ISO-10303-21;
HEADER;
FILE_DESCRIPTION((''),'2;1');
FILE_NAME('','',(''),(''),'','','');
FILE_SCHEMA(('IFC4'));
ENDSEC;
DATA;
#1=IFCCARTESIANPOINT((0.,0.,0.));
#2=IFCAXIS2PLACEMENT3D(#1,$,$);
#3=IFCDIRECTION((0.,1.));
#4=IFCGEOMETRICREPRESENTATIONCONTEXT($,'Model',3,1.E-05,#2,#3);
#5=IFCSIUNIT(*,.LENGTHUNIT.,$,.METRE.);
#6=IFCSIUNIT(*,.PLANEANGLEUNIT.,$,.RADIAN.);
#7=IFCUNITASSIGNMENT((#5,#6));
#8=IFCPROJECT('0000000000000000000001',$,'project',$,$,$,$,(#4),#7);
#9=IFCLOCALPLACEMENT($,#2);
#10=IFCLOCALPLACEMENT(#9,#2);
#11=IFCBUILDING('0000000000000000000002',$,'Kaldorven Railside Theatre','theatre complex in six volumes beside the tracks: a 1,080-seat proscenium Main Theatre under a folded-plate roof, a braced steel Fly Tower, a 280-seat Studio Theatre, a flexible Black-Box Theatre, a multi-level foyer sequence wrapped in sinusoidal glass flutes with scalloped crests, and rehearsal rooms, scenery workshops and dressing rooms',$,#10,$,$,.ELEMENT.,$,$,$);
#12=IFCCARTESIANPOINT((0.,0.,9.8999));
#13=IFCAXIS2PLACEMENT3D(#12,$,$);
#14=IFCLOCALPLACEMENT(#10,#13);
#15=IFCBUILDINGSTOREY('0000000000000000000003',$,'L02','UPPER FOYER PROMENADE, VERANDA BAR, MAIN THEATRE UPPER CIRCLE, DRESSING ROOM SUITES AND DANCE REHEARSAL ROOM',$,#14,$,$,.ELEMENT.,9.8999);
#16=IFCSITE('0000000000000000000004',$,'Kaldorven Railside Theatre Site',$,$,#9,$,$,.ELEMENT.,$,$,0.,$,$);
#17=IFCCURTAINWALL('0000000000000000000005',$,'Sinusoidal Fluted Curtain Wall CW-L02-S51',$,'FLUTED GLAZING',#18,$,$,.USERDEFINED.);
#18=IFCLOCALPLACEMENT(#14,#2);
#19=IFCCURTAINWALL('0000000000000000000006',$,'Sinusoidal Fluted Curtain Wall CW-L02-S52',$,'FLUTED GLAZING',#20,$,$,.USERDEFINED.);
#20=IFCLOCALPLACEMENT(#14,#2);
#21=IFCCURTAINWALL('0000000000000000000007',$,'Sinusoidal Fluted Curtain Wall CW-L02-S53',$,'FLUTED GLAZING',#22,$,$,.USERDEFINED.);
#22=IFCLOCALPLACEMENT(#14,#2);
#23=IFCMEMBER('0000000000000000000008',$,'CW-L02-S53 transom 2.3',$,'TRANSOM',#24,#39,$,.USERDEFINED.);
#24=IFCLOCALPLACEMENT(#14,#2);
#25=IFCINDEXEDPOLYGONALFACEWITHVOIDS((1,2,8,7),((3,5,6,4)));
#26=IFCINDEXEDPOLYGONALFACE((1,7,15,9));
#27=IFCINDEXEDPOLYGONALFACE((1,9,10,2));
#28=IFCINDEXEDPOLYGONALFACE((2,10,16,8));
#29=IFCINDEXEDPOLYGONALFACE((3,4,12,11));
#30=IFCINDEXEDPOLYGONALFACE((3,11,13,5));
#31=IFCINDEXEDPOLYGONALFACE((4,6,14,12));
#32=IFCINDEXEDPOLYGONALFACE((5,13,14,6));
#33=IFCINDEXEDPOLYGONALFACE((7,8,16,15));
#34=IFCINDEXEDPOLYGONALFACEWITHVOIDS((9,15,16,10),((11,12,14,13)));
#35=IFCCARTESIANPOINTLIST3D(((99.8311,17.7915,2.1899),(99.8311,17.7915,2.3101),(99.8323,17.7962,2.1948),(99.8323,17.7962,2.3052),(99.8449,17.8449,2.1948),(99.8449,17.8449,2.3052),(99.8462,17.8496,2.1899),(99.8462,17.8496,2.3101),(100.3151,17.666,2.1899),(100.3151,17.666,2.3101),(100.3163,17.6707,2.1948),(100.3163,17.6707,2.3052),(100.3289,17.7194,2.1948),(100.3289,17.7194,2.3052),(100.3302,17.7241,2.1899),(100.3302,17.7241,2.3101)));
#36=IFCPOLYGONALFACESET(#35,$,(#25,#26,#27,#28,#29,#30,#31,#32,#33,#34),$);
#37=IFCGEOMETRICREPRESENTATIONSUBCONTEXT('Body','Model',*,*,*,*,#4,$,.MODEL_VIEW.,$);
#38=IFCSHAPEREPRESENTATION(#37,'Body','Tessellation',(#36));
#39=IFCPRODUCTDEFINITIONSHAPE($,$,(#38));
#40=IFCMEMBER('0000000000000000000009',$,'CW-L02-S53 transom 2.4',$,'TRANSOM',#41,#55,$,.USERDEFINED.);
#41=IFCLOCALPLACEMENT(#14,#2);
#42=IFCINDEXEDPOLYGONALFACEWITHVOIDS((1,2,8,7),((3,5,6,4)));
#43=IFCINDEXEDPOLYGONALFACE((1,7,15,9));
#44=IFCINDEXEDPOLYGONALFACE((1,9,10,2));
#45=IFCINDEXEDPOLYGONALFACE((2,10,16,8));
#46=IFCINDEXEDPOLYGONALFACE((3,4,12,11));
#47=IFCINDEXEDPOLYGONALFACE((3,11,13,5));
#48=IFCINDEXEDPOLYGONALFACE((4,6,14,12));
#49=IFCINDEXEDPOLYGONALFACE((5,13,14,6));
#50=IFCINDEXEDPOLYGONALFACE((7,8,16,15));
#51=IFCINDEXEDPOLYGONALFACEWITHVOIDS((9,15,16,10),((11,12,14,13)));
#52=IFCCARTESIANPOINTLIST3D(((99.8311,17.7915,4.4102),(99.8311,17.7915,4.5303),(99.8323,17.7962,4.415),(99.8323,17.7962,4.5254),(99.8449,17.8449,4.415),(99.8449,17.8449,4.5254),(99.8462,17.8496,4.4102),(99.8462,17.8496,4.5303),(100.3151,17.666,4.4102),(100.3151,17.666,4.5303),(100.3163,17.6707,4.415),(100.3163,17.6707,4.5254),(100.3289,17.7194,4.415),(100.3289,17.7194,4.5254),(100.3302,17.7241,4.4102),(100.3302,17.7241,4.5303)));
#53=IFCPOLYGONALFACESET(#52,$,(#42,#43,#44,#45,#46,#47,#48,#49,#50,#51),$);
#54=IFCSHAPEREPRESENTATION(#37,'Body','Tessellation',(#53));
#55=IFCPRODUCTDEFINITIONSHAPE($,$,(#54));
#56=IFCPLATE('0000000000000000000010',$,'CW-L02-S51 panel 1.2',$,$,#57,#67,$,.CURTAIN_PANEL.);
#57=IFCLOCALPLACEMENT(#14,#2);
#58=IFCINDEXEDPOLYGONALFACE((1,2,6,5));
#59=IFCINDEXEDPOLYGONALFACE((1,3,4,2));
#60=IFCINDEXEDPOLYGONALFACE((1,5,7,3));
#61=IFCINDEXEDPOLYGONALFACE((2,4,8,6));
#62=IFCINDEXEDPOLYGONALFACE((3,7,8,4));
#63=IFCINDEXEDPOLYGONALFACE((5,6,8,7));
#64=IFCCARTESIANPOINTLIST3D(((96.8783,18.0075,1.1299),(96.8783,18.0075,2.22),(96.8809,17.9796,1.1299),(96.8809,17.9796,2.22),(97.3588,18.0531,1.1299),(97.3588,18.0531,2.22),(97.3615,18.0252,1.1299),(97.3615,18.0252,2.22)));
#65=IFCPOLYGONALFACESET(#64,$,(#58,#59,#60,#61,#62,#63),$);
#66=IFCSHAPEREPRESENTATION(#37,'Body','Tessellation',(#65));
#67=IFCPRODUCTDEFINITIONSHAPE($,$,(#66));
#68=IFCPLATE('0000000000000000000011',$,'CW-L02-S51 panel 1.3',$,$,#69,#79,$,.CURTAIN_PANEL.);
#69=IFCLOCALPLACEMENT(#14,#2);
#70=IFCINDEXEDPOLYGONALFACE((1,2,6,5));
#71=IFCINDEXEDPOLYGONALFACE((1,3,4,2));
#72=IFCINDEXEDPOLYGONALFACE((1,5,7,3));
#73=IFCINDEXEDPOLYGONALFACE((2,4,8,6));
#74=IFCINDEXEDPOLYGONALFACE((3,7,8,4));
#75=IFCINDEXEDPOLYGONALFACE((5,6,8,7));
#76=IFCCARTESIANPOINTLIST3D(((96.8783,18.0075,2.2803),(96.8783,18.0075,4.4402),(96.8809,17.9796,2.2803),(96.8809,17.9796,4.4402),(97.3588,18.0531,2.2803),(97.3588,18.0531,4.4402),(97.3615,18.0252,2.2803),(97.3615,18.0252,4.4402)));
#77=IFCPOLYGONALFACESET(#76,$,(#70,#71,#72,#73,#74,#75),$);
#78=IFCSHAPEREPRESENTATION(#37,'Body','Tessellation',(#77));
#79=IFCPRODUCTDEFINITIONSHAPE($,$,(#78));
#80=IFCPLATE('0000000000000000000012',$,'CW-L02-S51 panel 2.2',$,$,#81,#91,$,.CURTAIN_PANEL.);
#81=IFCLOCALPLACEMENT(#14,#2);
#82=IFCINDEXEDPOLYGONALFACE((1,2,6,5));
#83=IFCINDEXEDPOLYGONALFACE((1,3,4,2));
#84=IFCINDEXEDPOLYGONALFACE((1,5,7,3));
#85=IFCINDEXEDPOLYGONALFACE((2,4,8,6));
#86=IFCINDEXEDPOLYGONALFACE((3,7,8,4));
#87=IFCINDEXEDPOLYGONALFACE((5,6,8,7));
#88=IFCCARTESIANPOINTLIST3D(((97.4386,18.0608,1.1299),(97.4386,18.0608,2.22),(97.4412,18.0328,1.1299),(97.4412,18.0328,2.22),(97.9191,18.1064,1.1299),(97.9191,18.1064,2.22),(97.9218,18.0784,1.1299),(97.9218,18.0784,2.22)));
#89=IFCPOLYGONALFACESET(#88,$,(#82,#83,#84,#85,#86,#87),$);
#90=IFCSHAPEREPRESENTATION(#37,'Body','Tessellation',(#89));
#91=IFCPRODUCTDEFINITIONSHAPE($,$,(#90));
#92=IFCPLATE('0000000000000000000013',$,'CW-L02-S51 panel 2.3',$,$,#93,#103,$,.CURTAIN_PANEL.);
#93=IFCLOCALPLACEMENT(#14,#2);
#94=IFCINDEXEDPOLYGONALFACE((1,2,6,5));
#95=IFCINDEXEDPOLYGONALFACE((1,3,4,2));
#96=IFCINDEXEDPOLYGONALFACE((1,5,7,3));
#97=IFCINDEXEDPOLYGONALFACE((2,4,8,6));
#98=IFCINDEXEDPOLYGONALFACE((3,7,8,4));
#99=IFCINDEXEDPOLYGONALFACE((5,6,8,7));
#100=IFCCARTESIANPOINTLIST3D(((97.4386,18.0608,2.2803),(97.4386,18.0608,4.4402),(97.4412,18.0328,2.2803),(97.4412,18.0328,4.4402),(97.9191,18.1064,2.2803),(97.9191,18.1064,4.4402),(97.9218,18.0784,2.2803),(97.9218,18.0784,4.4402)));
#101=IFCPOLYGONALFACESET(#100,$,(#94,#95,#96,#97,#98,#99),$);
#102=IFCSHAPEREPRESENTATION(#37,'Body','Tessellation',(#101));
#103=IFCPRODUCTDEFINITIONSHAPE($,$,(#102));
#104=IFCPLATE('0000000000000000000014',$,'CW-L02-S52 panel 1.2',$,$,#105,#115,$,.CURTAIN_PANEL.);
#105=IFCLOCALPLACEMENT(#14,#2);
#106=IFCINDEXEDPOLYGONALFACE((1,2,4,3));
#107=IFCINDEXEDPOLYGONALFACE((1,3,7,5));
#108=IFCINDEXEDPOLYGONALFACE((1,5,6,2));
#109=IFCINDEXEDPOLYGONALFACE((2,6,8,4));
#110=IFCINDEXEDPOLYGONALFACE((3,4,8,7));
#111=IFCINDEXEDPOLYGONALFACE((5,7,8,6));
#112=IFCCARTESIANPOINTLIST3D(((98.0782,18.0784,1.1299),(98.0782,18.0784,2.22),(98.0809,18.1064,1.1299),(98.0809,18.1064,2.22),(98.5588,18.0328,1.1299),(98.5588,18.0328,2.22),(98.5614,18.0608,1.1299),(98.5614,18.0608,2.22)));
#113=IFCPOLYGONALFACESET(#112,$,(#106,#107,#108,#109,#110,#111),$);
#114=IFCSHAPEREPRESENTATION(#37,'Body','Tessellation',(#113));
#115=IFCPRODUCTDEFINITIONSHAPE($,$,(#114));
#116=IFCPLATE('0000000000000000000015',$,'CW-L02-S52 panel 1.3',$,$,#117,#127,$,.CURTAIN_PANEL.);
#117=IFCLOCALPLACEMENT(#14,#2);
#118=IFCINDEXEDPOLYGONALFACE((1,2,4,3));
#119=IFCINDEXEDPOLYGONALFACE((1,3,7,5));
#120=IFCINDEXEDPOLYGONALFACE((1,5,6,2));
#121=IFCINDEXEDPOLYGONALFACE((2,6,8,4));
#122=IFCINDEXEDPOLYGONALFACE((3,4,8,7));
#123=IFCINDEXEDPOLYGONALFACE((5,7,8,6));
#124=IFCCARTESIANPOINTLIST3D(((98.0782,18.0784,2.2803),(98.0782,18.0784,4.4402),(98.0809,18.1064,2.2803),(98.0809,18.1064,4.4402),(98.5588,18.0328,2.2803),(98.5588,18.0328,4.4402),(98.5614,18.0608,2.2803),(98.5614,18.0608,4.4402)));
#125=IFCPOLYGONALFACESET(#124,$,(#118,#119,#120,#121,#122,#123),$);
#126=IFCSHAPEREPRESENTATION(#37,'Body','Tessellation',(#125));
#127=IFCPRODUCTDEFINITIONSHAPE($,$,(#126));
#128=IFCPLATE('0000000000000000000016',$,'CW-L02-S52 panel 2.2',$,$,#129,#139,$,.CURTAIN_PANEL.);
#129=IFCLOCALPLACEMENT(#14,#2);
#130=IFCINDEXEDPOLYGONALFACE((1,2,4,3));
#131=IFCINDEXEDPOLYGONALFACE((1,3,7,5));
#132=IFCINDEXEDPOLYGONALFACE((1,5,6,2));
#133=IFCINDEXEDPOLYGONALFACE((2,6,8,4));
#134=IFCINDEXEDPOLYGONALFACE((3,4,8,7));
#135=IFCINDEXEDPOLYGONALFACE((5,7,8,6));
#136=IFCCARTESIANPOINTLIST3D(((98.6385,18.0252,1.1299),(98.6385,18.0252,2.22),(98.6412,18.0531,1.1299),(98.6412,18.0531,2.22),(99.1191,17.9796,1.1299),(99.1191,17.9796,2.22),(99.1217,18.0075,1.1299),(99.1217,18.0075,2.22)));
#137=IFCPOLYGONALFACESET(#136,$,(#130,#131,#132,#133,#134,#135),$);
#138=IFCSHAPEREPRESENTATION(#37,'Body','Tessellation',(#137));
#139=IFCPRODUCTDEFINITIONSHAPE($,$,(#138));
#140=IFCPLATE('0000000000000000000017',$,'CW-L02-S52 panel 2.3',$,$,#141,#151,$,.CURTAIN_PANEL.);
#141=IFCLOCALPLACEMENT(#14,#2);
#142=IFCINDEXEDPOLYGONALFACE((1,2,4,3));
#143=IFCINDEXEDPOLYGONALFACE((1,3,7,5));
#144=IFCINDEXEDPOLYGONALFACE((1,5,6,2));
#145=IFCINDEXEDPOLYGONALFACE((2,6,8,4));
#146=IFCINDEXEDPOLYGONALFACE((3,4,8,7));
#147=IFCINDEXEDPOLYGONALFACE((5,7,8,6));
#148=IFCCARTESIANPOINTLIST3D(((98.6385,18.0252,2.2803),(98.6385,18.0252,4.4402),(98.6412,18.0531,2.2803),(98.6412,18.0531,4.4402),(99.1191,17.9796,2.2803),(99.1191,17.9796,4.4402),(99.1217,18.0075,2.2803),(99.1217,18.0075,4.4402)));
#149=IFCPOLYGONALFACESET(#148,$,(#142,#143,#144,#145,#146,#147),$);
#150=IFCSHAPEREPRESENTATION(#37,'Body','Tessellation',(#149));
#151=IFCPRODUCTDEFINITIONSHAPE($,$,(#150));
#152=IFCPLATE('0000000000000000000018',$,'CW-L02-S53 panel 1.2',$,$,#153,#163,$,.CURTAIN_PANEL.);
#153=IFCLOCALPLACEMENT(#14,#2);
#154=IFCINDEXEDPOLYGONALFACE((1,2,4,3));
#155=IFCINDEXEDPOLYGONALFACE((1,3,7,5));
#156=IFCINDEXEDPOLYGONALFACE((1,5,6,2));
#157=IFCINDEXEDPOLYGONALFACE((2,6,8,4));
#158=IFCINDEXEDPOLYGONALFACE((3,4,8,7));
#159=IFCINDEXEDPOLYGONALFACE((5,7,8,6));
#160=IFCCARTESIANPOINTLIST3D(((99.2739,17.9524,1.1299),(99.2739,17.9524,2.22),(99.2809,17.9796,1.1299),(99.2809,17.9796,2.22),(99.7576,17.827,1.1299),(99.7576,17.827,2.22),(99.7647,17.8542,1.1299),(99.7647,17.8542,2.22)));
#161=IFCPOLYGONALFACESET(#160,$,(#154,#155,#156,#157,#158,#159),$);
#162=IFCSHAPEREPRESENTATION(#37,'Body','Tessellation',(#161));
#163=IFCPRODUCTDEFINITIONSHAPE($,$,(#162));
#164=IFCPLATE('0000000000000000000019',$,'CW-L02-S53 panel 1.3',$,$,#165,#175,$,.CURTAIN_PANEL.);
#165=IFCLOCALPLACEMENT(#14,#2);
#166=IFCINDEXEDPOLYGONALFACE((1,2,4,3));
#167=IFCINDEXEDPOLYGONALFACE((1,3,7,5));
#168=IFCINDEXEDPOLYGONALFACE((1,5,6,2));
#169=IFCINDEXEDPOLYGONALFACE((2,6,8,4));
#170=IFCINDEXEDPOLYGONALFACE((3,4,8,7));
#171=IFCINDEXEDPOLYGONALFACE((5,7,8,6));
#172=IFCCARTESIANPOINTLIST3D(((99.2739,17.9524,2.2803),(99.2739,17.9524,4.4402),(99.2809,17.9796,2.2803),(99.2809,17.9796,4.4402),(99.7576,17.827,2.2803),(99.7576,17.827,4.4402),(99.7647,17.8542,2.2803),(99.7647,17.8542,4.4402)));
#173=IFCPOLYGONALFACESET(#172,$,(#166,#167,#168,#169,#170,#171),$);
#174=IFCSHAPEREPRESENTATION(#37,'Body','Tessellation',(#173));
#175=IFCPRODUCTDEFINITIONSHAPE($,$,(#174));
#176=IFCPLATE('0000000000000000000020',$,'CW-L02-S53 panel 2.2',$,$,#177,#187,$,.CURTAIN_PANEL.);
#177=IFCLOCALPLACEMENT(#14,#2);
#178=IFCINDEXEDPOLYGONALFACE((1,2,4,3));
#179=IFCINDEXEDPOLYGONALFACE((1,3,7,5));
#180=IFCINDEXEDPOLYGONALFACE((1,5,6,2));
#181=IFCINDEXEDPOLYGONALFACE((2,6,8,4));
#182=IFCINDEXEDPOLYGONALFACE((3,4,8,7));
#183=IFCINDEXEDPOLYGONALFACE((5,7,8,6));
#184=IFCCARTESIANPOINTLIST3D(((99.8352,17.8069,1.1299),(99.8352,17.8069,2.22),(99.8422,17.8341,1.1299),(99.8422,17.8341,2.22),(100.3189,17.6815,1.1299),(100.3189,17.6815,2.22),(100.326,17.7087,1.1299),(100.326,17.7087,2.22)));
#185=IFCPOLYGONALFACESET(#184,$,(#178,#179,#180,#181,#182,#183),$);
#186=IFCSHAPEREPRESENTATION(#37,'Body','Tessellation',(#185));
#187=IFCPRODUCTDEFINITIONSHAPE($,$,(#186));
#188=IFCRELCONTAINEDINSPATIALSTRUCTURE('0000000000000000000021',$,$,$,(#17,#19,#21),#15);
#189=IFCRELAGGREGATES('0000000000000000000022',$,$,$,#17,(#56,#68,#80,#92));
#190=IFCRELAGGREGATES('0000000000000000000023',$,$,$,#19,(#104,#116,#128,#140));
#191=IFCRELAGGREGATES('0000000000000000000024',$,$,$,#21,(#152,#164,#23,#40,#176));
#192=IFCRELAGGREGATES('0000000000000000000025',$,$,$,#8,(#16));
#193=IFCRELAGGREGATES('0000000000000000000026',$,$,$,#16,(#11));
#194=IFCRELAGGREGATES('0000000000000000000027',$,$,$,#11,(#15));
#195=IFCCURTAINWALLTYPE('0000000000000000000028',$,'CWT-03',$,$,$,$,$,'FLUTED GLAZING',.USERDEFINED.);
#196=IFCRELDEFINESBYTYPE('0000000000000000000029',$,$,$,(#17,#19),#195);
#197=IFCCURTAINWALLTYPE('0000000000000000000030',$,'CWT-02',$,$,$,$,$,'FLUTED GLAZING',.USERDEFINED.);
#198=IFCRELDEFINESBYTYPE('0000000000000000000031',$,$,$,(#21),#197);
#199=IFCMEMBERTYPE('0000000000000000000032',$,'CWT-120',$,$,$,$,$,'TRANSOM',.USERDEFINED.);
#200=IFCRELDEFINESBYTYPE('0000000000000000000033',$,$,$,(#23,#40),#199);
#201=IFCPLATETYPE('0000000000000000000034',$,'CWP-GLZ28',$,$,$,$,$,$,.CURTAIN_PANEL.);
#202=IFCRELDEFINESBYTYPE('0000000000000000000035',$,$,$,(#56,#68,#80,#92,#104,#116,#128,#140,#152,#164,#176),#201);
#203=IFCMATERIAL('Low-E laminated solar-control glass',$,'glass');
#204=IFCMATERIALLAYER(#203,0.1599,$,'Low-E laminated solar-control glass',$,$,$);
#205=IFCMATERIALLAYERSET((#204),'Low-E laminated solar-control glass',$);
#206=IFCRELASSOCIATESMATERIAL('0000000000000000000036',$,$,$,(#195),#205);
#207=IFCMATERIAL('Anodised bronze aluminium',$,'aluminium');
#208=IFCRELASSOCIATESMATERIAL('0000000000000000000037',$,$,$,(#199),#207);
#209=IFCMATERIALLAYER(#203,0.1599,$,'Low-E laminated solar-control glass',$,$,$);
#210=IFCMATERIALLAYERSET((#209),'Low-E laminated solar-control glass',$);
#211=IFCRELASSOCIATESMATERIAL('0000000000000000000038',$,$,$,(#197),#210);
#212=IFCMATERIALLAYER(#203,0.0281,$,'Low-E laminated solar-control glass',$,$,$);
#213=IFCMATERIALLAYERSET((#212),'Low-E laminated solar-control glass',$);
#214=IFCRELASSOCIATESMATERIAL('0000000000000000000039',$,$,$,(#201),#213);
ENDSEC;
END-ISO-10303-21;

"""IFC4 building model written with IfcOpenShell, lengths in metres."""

from ifc_helpers import new_model, si_unit, direction, frame, origin, origin_2d, place, context, subcontext, project, spatial, rectangle, hollow_rectangle, extrude, material, layer, layer_set, material_profile, profile_set, type_object, element, aggregate, save


model = new_model("IFC4")

# Units and contexts
model_context = context("Model", 3, precision=1e-05, world=origin(), true_north=direction((0.0, 1.0)))
body_context = subcontext(model_context, "Body", "Model", "MODEL_VIEW")
ifc_project = project(units=[si_unit("LENGTHUNIT", "METRE"), si_unit("PLANEANGLEUNIT", "RADIAN")], contexts=[model_context])

# Site, building, storey
site_placement = place(None, origin())
site = spatial("IfcSite", under=ifc_project, at=site_placement, Name="Kaldorven Railside Theatre Site", CompositionType="ELEMENT", RefElevation=0.0)
building_placement = place(site_placement, origin())
building = spatial("IfcBuilding", under=site, at=building_placement, Name="Kaldorven Railside Theatre", Description="theatre complex in six volumes beside the tracks: a 1,080-seat proscenium Main Theatre under a folded-plate roof, a braced steel Fly Tower, a 280-seat Studio Theatre, a flexible Black-Box Theatre, a multi-level foyer sequence wrapped in sinusoidal glass flutes with scalloped crests, and rehearsal rooms, scenery workshops and dressing rooms", CompositionType="ELEMENT")
storey_placement = place(building_placement, frame((0.0, 0.0, 9.8999)))
storey = spatial("IfcBuildingStorey", under=building, at=storey_placement, Name="L02", Description="UPPER FOYER PROMENADE, VERANDA BAR, MAIN THEATRE UPPER CIRCLE, DRESSING ROOM SUITES AND DANCE REHEARSAL ROOM", CompositionType="ELEMENT", Elevation=9.8999)

# Curtain walls, members
ifc_material_1 = material(Name="Low-E laminated solar-control glass", Category="glass")
ifc_layer_1 = layer(ifc_material_1, 0.1599, Name="Low-E laminated solar-control glass")
ifc_layer_set_1 = layer_set([ifc_layer_1], Name="Low-E laminated solar-control glass")
curtain_wall_type_1 = type_object("IfcCurtainWallType", Name="CWT-03", ElementType="FLUTED GLAZING", PredefinedType="USERDEFINED", material=ifc_layer_set_1)
curtain_wall_1_placement = place(storey_placement, origin())
curtain_wall_1 = element("IfcCurtainWall", 1, at=curtain_wall_1_placement, inside=storey, type_object=curtain_wall_type_1, Name="Sinusoidal Fluted Curtain Wall CW-L02-S51", ObjectType="FLUTED GLAZING", PredefinedType="USERDEFINED")
ifc_material_2 = material(Name="Anodised bronze aluminium", Category="aluminium")
ifc_material_profile = material_profile(ifc_material_2, hollow_rectangle(XDim=0.0601, YDim=0.1201, WallThickness=0.0049, at=origin_2d()), Name="RHS 120x60x5")
ifc_profile_set = profile_set([ifc_material_profile], Name="Anodised bronze aluminium")
member_type = type_object("IfcMemberType", Name="CWT-120", ElementType="TRANSOM", PredefinedType="USERDEFINED", material=ifc_profile_set)
curtain_wall_2_placement = place(storey_placement, origin())
curtain_wall_2 = element("IfcCurtainWall", 2, at=curtain_wall_2_placement, inside=storey, type_object=curtain_wall_type_1, Name="Sinusoidal Fluted Curtain Wall CW-L02-S52", ObjectType="FLUTED GLAZING", PredefinedType="USERDEFINED")
ifc_layer_2 = layer(ifc_material_1, 0.1599, Name="Low-E laminated solar-control glass")
ifc_layer_set_2 = layer_set([ifc_layer_2], Name="Low-E laminated solar-control glass")
curtain_wall_type_2 = type_object("IfcCurtainWallType", Name="CWT-02", ElementType="FLUTED GLAZING", PredefinedType="USERDEFINED", material=ifc_layer_set_2)
curtain_wall_3_placement = place(storey_placement, origin())
curtain_wall_3 = element("IfcCurtainWall", 3, at=curtain_wall_3_placement, inside=storey, type_object=curtain_wall_type_2, Name="Sinusoidal Fluted Curtain Wall CW-L02-S53", ObjectType="FLUTED GLAZING", PredefinedType="USERDEFINED")
member_1_placement = place(storey_placement, frame((99.8386, 17.8206, 2.25), z_axis=(0.967979, -0.25103, 0.0), x_axis=(0.25103, 0.967979, 0.0)))
member_1 = element("IfcMember", 4, at=member_1_placement, type_object=member_type, Name="CW-L02-S53 transom 2.3", ObjectType="TRANSOM", PredefinedType="USERDEFINED", context=body_context, shape_type="SweptSolid", body=[
    extrude(hollow_rectangle(XDim=0.0601, YDim=0.1201, WallThickness=0.0049, at=origin_2d()), origin(), (0.0, 0.0, 1.0), 0.5),
])
member_2_placement = place(storey_placement, frame((99.8386, 17.8206, 4.4702), z_axis=(0.967979, -0.25103, 0.0), x_axis=(0.25103, 0.967979, 0.0)))
member_2 = element("IfcMember", 5, at=member_2_placement, type_object=member_type, Name="CW-L02-S53 transom 2.4", ObjectType="TRANSOM", PredefinedType="USERDEFINED", context=body_context, shape_type="SweptSolid", body=[
    extrude(hollow_rectangle(XDim=0.0601, YDim=0.1201, WallThickness=0.0049, at=origin_2d()), origin(), (0.0, 0.0, 1.0), 0.5),
])

# Plates
ifc_layer_3 = layer(ifc_material_1, 0.0281, Name="Low-E laminated solar-control glass")
ifc_layer_set_3 = layer_set([ifc_layer_3], Name="Low-E laminated solar-control glass")
plate_type = type_object("IfcPlateType", Name="CWP-GLZ28", PredefinedType="CURTAIN_PANEL", material=ifc_layer_set_3)
plate_1_placement = place(storey_placement, frame((97.1199, 18.0164, 1.1299), z_axis=(0.0, 0.0, 1.0), x_axis=(0.995526, 0.094492, 0.0)))
plate_1 = element("IfcPlate", 6, at=plate_1_placement, type_object=plate_type, Name="CW-L02-S51 panel 1.2", PredefinedType="CURTAIN_PANEL", context=body_context, shape_type="SweptSolid", body=[
    extrude(rectangle(XDim=0.4827, YDim=0.0281, at=origin_2d()), origin(), (0.0, 0.0, 1.0), 1.0901),
])
plate_2_placement = place(storey_placement, frame((97.1199, 18.0164, 2.2803), z_axis=(0.0, 0.0, 1.0), x_axis=(0.995526, 0.094492, 0.0)))
plate_2 = element("IfcPlate", 7, at=plate_2_placement, type_object=plate_type, Name="CW-L02-S51 panel 1.3", PredefinedType="CURTAIN_PANEL", context=body_context, shape_type="SweptSolid", body=[
    extrude(rectangle(XDim=0.4827, YDim=0.0281, at=origin_2d()), origin(), (0.0, 0.0, 1.0), 2.1599),
])
plate_3_placement = place(storey_placement, frame((97.6802, 18.0696, 1.1299), z_axis=(0.0, 0.0, 1.0), x_axis=(0.995526, 0.094492, 0.0)))
plate_3 = element("IfcPlate", 8, at=plate_3_placement, type_object=plate_type, Name="CW-L02-S51 panel 2.2", PredefinedType="CURTAIN_PANEL", context=body_context, shape_type="SweptSolid", body=[
    extrude(rectangle(XDim=0.4827, YDim=0.0281, at=origin_2d()), origin(), (0.0, 0.0, 1.0), 1.0901),
])
plate_4_placement = place(storey_placement, frame((97.6802, 18.0696, 2.2803), z_axis=(0.0, 0.0, 1.0), x_axis=(0.995526, 0.094492, 0.0)))
plate_4 = element("IfcPlate", 9, at=plate_4_placement, type_object=plate_type, Name="CW-L02-S51 panel 2.3", PredefinedType="CURTAIN_PANEL", context=body_context, shape_type="SweptSolid", body=[
    extrude(rectangle(XDim=0.4827, YDim=0.0281, at=origin_2d()), origin(), (0.0, 0.0, 1.0), 2.1599),
])
aggregate(curtain_wall_1, [plate_1, plate_2, plate_3, plate_4])
plate_5_placement = place(storey_placement, frame((98.3198, 18.0696, 1.1299), z_axis=(0.0, 0.0, 1.0), x_axis=(0.995526, -0.094492, 0.0)))
plate_5 = element("IfcPlate", 10, at=plate_5_placement, type_object=plate_type, Name="CW-L02-S52 panel 1.2", PredefinedType="CURTAIN_PANEL", context=body_context, shape_type="SweptSolid", body=[
    extrude(rectangle(XDim=0.4827, YDim=0.0281, at=origin_2d()), origin(), (0.0, 0.0, 1.0), 1.0901),
])
plate_6_placement = place(storey_placement, frame((98.3198, 18.0696, 2.2803), z_axis=(0.0, 0.0, 1.0), x_axis=(0.995526, -0.094492, 0.0)))
plate_6 = element("IfcPlate", 11, at=plate_6_placement, type_object=plate_type, Name="CW-L02-S52 panel 1.3", PredefinedType="CURTAIN_PANEL", context=body_context, shape_type="SweptSolid", body=[
    extrude(rectangle(XDim=0.4827, YDim=0.0281, at=origin_2d()), origin(), (0.0, 0.0, 1.0), 2.1599),
])
plate_7_placement = place(storey_placement, frame((98.8801, 18.0164, 1.1299), z_axis=(0.0, 0.0, 1.0), x_axis=(0.995526, -0.094492, 0.0)))
plate_7 = element("IfcPlate", 12, at=plate_7_placement, type_object=plate_type, Name="CW-L02-S52 panel 2.2", PredefinedType="CURTAIN_PANEL", context=body_context, shape_type="SweptSolid", body=[
    extrude(rectangle(XDim=0.4827, YDim=0.0281, at=origin_2d()), origin(), (0.0, 0.0, 1.0), 1.0901),
])
plate_8_placement = place(storey_placement, frame((98.8801, 18.0164, 2.2803), z_axis=(0.0, 0.0, 1.0), x_axis=(0.995526, -0.094492, 0.0)))
plate_8 = element("IfcPlate", 13, at=plate_8_placement, type_object=plate_type, Name="CW-L02-S52 panel 2.3", PredefinedType="CURTAIN_PANEL", context=body_context, shape_type="SweptSolid", body=[
    extrude(rectangle(XDim=0.4827, YDim=0.0281, at=origin_2d()), origin(), (0.0, 0.0, 1.0), 2.1599),
])
aggregate(curtain_wall_2, [plate_5, plate_6, plate_7, plate_8])
plate_9_placement = place(storey_placement, frame((99.5193, 17.9033, 1.1299), z_axis=(0.0, 0.0, 1.0), x_axis=(0.967999, -0.250954, 0.0)))
plate_9 = element("IfcPlate", 14, at=plate_9_placement, type_object=plate_type, Name="CW-L02-S53 panel 1.2", PredefinedType="CURTAIN_PANEL", context=body_context, shape_type="SweptSolid", body=[
    extrude(rectangle(XDim=0.4998, YDim=0.0281, at=origin_2d()), origin(), (0.0, 0.0, 1.0), 1.0901),
])
plate_10_placement = place(storey_placement, frame((99.5193, 17.9033, 2.2803), z_axis=(0.0, 0.0, 1.0), x_axis=(0.967999, -0.250954, 0.0)))
plate_10 = element("IfcPlate", 15, at=plate_10_placement, type_object=plate_type, Name="CW-L02-S53 panel 1.3", PredefinedType="CURTAIN_PANEL", context=body_context, shape_type="SweptSolid", body=[
    extrude(rectangle(XDim=0.4998, YDim=0.0281, at=origin_2d()), origin(), (0.0, 0.0, 1.0), 2.1599),
])
plate_11_placement = place(storey_placement, frame((100.0806, 17.7578, 1.1299), z_axis=(0.0, 0.0, 1.0), x_axis=(0.967999, -0.250954, 0.0)))
plate_11 = element("IfcPlate", 16, at=plate_11_placement, type_object=plate_type, Name="CW-L02-S53 panel 2.2", PredefinedType="CURTAIN_PANEL", context=body_context, shape_type="SweptSolid", body=[
    extrude(rectangle(XDim=0.4998, YDim=0.0281, at=origin_2d()), origin(), (0.0, 0.0, 1.0), 1.0901),
])
aggregate(curtain_wall_3, [plate_9, plate_10, member_1, member_2, plate_11])

save(model, "model.ifc")
